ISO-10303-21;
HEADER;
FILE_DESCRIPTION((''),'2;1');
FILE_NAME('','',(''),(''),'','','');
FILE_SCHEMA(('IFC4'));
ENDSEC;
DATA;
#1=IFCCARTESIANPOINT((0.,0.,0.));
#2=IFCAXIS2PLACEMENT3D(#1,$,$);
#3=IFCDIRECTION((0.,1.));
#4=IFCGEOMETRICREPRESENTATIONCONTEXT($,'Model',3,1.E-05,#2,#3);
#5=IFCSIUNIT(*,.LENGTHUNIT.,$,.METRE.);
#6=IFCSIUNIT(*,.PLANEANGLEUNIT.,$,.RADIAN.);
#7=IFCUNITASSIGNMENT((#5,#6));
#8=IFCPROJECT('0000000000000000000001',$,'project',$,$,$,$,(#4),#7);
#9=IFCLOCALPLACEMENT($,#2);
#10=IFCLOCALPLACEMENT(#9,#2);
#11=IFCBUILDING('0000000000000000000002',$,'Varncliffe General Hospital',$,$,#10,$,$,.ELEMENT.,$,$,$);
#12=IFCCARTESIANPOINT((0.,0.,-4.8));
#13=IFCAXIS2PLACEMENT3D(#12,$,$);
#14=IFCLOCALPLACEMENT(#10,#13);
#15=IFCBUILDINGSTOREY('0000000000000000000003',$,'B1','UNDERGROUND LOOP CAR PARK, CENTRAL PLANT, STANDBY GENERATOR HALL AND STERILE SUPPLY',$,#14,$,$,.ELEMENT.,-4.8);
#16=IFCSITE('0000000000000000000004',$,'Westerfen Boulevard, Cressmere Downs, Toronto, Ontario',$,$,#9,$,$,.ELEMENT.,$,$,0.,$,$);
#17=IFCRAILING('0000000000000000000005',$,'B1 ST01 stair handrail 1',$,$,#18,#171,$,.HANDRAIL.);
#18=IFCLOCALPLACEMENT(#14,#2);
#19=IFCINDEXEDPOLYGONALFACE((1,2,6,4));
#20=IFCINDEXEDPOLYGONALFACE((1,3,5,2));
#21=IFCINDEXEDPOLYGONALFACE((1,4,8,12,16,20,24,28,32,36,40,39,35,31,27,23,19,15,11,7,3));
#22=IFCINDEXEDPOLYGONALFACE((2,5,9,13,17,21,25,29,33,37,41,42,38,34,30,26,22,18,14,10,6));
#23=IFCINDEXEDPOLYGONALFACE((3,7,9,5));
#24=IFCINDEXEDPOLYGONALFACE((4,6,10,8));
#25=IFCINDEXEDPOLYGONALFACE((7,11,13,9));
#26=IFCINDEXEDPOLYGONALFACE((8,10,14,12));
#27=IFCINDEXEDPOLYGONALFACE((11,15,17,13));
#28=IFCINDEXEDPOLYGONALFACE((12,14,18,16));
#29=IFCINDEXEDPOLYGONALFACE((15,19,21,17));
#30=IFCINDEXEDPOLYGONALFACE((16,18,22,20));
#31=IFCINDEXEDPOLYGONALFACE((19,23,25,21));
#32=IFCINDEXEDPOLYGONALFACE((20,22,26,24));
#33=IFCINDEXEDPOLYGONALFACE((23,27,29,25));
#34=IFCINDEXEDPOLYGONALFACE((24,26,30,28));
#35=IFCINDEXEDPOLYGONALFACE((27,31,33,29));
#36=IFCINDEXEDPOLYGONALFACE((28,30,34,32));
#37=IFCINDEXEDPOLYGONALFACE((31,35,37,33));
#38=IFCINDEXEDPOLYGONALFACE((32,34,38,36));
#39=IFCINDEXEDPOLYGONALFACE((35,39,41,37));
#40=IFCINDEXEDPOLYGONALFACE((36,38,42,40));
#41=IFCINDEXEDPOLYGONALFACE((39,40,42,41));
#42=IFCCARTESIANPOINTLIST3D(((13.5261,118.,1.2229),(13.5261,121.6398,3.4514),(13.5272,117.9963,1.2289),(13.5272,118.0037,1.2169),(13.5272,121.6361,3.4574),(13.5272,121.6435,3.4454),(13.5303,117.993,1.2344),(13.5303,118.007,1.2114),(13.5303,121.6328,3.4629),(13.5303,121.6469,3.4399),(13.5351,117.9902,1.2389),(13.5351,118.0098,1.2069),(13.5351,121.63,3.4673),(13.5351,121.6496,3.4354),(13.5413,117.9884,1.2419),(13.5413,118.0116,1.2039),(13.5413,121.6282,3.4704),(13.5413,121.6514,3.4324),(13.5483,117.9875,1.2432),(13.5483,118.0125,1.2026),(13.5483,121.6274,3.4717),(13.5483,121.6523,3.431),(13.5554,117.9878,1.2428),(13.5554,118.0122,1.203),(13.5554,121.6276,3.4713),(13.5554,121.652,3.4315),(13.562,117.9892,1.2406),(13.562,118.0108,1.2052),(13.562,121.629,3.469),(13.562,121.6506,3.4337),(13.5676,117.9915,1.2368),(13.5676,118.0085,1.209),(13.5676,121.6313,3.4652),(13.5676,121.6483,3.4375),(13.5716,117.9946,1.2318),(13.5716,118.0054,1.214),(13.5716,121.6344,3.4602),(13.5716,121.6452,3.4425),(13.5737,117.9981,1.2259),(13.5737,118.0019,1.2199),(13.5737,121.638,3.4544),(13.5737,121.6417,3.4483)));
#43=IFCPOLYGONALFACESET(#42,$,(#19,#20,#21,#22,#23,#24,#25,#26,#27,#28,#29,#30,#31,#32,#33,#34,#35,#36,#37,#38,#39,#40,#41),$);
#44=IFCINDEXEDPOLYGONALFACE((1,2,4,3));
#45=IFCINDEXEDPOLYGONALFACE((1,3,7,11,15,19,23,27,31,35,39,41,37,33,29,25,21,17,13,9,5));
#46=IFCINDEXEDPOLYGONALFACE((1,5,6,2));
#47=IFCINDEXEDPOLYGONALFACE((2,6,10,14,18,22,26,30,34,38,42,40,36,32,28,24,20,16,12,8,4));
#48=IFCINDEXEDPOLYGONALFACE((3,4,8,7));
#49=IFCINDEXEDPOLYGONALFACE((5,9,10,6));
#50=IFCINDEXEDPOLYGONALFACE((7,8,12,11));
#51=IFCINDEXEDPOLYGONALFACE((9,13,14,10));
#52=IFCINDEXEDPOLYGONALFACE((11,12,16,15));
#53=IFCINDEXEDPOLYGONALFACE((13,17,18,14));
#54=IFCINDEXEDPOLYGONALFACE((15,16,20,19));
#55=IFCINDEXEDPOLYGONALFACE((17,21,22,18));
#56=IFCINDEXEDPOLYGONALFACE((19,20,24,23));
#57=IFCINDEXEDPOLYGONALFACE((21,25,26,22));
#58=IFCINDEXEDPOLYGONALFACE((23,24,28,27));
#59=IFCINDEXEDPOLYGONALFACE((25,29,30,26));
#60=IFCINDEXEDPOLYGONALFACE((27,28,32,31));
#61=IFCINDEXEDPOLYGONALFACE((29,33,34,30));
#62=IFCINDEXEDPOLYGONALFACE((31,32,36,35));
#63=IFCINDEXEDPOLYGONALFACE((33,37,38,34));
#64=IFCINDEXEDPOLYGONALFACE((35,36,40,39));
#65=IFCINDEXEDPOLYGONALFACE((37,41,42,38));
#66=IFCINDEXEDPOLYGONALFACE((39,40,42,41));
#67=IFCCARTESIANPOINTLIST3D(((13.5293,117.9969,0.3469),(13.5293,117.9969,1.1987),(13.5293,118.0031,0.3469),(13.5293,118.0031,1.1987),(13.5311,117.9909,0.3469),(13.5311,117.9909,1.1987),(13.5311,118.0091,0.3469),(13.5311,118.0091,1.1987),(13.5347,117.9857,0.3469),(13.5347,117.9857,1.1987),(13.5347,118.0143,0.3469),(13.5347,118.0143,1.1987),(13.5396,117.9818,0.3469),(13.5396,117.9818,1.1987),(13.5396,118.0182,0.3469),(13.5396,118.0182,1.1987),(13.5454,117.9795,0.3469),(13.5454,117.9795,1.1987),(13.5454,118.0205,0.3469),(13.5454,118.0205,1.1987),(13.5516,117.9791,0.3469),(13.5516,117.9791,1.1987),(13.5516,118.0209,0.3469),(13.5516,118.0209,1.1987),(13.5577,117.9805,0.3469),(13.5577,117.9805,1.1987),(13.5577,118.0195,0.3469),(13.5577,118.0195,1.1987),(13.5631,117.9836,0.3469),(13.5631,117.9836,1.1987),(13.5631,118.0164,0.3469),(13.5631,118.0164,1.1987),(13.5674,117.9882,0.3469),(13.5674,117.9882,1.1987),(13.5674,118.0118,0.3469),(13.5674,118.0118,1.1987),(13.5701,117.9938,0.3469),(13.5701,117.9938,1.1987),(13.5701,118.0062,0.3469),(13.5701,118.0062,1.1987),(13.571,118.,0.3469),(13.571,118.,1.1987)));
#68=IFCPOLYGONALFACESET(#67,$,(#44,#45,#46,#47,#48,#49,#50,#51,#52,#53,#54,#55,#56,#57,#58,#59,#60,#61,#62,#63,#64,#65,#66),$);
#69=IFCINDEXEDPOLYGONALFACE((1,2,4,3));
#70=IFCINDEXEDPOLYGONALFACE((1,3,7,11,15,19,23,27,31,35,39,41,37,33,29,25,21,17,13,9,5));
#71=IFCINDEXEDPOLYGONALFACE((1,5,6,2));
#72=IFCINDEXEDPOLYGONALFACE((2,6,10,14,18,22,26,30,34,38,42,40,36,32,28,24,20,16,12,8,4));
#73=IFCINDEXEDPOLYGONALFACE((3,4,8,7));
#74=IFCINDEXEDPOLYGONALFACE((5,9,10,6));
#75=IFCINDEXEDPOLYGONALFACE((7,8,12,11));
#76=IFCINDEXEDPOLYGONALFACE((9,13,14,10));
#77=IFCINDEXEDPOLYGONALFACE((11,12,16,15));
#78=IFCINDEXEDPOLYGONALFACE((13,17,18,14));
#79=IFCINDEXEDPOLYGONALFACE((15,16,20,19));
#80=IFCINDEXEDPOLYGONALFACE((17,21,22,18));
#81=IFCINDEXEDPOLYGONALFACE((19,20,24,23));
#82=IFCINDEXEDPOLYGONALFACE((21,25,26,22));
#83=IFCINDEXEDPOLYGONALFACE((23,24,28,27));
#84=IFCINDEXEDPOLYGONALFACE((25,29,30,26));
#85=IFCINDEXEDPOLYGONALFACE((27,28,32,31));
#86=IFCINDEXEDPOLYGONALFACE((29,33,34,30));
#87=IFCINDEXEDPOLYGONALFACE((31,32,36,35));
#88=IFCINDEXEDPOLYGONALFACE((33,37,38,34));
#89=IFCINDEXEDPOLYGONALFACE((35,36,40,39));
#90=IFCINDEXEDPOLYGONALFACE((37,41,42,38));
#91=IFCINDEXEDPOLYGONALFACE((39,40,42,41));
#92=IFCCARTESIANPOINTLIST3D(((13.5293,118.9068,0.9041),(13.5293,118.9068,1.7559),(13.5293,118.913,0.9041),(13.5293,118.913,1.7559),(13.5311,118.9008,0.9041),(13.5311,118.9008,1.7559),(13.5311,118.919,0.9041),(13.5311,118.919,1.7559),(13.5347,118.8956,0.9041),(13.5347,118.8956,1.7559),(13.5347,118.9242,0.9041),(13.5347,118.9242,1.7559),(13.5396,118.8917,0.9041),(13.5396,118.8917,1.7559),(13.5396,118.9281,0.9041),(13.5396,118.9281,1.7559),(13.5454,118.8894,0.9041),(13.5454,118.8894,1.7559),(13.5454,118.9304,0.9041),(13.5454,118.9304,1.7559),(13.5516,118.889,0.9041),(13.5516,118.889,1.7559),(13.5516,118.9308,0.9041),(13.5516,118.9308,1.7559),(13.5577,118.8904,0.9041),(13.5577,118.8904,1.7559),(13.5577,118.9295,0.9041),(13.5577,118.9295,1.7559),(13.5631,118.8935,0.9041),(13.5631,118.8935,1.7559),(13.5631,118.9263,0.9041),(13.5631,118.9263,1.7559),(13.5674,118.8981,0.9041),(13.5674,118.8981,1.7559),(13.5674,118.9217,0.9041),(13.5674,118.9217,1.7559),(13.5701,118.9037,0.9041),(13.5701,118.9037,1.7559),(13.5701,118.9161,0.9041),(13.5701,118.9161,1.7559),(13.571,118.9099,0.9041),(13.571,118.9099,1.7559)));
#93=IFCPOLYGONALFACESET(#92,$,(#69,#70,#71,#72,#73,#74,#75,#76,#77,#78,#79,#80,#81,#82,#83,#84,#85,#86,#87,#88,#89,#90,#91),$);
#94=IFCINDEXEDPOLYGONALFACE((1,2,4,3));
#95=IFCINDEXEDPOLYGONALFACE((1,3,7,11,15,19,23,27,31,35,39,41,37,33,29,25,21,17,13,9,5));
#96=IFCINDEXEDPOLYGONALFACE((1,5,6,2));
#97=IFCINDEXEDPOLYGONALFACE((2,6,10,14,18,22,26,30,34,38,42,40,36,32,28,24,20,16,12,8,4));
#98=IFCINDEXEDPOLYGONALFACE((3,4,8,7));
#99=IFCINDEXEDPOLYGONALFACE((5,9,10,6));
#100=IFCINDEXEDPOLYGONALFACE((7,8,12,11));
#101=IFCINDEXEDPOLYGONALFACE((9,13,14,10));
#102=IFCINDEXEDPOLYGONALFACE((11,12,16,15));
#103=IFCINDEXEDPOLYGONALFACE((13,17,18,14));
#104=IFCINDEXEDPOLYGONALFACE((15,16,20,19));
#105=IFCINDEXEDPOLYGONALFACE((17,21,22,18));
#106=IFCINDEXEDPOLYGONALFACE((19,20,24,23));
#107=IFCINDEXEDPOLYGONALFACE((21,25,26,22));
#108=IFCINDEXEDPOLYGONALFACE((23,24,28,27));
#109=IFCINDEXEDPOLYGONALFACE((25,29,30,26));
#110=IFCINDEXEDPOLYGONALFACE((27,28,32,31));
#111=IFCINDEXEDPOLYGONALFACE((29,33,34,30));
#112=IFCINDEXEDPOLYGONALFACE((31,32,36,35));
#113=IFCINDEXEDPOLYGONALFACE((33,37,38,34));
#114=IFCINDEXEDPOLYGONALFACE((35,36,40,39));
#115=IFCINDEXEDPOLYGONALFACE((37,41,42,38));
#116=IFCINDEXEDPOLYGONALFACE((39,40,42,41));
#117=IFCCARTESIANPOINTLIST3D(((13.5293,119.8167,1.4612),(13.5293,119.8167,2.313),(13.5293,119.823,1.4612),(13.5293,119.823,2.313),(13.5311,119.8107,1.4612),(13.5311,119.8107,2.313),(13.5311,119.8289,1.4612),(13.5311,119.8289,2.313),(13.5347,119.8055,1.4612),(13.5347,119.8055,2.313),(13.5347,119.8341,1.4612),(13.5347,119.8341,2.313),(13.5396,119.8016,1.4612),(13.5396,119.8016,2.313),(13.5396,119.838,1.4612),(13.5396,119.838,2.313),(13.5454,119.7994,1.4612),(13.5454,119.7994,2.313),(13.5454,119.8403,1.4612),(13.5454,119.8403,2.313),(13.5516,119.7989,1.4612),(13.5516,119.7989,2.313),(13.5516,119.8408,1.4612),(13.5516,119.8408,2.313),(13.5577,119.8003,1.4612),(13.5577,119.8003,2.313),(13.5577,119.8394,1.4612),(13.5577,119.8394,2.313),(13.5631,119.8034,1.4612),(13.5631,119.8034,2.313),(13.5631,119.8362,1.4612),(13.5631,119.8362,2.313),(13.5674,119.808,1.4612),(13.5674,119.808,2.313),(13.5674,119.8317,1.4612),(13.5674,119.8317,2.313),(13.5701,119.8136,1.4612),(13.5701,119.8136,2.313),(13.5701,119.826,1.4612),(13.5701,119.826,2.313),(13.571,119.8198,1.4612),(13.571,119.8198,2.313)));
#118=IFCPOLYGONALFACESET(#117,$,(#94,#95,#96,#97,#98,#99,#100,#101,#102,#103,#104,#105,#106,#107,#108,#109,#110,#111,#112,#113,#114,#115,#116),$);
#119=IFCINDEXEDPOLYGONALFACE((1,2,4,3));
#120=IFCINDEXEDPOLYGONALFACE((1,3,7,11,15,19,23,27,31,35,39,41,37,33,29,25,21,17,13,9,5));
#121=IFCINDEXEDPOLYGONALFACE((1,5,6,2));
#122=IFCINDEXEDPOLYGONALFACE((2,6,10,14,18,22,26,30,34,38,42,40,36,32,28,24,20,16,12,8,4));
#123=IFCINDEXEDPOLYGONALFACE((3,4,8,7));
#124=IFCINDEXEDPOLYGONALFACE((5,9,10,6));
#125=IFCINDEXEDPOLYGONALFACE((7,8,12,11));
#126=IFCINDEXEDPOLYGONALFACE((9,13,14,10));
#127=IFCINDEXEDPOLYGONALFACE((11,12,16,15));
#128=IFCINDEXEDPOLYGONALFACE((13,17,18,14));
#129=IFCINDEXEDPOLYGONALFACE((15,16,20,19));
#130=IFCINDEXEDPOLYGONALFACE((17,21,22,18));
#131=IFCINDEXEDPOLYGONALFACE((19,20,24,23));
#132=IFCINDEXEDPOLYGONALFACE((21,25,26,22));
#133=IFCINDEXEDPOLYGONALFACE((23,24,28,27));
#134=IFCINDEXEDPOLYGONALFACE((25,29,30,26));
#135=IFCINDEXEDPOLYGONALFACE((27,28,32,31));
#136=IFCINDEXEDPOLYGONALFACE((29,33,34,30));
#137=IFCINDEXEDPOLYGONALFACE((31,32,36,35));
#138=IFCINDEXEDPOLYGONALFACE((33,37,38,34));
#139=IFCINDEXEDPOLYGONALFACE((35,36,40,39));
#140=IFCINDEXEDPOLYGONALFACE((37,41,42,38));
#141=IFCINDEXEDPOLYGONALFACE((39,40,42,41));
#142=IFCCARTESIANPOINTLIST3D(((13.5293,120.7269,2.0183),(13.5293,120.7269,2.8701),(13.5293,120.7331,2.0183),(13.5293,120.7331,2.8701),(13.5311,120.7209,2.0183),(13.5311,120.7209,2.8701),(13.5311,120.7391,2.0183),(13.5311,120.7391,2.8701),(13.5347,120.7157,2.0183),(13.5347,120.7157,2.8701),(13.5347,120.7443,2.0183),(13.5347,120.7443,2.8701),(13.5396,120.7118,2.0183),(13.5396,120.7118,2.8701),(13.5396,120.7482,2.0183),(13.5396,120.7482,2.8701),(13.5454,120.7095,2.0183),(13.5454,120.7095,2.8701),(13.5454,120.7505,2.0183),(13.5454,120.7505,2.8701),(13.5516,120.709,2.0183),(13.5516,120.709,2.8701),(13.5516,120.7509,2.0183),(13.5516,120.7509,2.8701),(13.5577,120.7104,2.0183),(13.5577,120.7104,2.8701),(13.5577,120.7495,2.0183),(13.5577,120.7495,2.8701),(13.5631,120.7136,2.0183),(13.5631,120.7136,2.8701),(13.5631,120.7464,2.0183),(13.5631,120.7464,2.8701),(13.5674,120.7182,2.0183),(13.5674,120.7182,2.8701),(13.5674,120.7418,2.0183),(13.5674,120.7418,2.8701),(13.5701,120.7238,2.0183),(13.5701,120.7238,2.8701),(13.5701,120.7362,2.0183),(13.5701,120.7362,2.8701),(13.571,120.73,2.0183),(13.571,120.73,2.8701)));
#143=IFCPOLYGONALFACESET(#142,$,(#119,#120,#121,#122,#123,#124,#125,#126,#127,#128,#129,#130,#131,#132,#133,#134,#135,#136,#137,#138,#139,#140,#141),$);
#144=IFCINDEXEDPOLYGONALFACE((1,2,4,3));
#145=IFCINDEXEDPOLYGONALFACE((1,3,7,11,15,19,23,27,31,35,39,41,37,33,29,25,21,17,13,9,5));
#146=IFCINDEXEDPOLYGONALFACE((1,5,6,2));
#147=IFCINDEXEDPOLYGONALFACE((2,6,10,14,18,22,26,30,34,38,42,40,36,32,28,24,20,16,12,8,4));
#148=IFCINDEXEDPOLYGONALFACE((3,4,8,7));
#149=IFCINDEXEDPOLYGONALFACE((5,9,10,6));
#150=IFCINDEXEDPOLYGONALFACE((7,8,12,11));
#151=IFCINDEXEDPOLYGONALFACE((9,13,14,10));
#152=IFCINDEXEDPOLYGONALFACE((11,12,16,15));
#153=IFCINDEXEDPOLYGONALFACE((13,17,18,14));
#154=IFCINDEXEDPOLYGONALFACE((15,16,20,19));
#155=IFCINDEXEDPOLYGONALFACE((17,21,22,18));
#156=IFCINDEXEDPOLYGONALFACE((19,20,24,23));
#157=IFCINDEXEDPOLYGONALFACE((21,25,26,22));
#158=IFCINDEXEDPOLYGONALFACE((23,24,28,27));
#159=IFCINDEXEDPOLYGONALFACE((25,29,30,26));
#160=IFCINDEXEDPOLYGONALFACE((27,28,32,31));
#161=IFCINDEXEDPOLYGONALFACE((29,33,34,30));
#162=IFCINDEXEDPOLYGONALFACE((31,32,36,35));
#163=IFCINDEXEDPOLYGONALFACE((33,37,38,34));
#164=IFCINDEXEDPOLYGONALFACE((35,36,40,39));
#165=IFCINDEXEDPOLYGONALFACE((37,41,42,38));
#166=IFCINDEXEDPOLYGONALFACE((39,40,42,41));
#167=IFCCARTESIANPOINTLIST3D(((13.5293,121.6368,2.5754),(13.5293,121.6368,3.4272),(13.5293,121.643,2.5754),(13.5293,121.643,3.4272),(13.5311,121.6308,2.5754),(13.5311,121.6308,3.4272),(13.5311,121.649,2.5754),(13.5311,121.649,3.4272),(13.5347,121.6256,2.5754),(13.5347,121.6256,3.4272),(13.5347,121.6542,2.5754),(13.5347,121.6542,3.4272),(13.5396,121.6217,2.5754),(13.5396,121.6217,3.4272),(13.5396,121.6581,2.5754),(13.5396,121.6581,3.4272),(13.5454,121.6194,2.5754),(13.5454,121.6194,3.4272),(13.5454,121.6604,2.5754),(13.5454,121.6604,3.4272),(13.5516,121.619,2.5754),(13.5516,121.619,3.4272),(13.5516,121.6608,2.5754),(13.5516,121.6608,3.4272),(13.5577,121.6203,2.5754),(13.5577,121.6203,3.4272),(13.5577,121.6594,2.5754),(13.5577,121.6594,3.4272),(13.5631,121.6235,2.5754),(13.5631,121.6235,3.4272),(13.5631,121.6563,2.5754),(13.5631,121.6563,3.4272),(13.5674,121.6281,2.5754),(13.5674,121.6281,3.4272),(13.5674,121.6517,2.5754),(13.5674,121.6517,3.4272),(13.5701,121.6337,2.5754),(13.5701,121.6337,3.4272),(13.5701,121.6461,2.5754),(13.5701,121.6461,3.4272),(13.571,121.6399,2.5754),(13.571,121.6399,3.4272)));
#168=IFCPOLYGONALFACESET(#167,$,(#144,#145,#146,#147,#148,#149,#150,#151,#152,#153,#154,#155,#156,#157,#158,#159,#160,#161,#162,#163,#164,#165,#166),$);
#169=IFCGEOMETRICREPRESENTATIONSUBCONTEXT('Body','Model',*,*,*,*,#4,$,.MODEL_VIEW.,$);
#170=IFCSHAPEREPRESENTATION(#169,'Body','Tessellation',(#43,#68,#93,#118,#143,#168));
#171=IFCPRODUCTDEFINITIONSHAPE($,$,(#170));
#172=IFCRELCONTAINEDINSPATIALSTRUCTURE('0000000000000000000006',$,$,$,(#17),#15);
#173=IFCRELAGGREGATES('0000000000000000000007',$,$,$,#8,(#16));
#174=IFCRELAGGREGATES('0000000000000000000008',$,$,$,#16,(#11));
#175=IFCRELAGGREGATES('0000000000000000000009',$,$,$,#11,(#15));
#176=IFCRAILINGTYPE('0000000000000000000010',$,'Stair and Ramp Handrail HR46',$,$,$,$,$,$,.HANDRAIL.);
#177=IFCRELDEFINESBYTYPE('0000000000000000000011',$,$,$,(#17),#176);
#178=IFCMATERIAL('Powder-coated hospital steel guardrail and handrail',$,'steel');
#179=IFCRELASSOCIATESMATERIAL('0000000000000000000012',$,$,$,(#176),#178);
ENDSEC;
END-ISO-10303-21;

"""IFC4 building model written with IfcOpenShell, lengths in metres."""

from ifc_helpers import new_model, si_unit, direction, frame, origin, origin_2d, place, context, subcontext, project, spatial, circle, extrude, material, type_object, element, save


model = new_model("IFC4")

# Units and contexts
model_context = context("Model", 3, precision=1e-05, world=origin(), true_north=direction((0.0, 1.0)))
body_context = subcontext(model_context, "Body", "Model", "MODEL_VIEW")
ifc_project = project(units=[si_unit("LENGTHUNIT", "METRE"), si_unit("PLANEANGLEUNIT", "RADIAN")], contexts=[model_context])

# Site, building, storey
site_placement = place(None, origin())
site = spatial("IfcSite", under=ifc_project, at=site_placement, Name="Westerfen Boulevard, Cressmere Downs, Toronto, Ontario", CompositionType="ELEMENT", RefElevation=0.0)
building_placement = place(site_placement, origin())
building = spatial("IfcBuilding", under=site, at=building_placement, Name="Varncliffe General Hospital", CompositionType="ELEMENT")
storey_placement = place(building_placement, frame((0.0, 0.0, -4.8)))
storey = spatial("IfcBuildingStorey", under=building, at=storey_placement, Name="B1", Description="UNDERGROUND LOOP CAR PARK, CENTRAL PLANT, STANDBY GENERATOR HALL AND STERILE SUPPLY", CompositionType="ELEMENT", Elevation=-4.8)

# Railing
ifc_material_1 = material(Name="Powder-coated hospital steel guardrail and handrail", Category="steel")
railing_type_1 = type_object("IfcRailingType", Name="Stair and Ramp Handrail HR46", PredefinedType="HANDRAIL", material=ifc_material_1)
railing_1_placement = place(storey_placement, frame((13.55, 118.0, 0.3469)))
element("IfcRailing", 1, at=railing_1_placement, inside=storey, type_object=railing_type_1, Name="B1 ST01 stair handrail 1", PredefinedType="HANDRAIL", context=body_context, shape_type="SweptSolid", body=[
    extrude(circle(Radius=0.0239, at=origin_2d()), frame((0.0, 0.0, 0.876), z_axis=(0.0, 0.85285, 0.522156), x_axis=(-1.0, 0.0, 0.0)), (0.0, 0.0, 1.0), 4.2678),
    extrude(circle(Radius=0.021, at=origin_2d()), origin(), (0.0, 0.0, 1.0), 0.8518),
    extrude(circle(Radius=0.021, at=origin_2d()), frame((0.0, 0.9099, 0.5571)), (0.0, 0.0, 1.0), 0.8518),
    extrude(circle(Radius=0.021, at=origin_2d()), frame((0.0, 1.8198, 1.1143)), (0.0, 0.0, 1.0), 0.8518),
    extrude(circle(Radius=0.021, at=origin_2d()), frame((0.0, 2.73, 1.6714)), (0.0, 0.0, 1.0), 0.8518),
    extrude(circle(Radius=0.021, at=origin_2d()), frame((0.0, 3.6399, 2.2285)), (0.0, 0.0, 1.0), 0.8518),
])

save(model, "model.ifc")
